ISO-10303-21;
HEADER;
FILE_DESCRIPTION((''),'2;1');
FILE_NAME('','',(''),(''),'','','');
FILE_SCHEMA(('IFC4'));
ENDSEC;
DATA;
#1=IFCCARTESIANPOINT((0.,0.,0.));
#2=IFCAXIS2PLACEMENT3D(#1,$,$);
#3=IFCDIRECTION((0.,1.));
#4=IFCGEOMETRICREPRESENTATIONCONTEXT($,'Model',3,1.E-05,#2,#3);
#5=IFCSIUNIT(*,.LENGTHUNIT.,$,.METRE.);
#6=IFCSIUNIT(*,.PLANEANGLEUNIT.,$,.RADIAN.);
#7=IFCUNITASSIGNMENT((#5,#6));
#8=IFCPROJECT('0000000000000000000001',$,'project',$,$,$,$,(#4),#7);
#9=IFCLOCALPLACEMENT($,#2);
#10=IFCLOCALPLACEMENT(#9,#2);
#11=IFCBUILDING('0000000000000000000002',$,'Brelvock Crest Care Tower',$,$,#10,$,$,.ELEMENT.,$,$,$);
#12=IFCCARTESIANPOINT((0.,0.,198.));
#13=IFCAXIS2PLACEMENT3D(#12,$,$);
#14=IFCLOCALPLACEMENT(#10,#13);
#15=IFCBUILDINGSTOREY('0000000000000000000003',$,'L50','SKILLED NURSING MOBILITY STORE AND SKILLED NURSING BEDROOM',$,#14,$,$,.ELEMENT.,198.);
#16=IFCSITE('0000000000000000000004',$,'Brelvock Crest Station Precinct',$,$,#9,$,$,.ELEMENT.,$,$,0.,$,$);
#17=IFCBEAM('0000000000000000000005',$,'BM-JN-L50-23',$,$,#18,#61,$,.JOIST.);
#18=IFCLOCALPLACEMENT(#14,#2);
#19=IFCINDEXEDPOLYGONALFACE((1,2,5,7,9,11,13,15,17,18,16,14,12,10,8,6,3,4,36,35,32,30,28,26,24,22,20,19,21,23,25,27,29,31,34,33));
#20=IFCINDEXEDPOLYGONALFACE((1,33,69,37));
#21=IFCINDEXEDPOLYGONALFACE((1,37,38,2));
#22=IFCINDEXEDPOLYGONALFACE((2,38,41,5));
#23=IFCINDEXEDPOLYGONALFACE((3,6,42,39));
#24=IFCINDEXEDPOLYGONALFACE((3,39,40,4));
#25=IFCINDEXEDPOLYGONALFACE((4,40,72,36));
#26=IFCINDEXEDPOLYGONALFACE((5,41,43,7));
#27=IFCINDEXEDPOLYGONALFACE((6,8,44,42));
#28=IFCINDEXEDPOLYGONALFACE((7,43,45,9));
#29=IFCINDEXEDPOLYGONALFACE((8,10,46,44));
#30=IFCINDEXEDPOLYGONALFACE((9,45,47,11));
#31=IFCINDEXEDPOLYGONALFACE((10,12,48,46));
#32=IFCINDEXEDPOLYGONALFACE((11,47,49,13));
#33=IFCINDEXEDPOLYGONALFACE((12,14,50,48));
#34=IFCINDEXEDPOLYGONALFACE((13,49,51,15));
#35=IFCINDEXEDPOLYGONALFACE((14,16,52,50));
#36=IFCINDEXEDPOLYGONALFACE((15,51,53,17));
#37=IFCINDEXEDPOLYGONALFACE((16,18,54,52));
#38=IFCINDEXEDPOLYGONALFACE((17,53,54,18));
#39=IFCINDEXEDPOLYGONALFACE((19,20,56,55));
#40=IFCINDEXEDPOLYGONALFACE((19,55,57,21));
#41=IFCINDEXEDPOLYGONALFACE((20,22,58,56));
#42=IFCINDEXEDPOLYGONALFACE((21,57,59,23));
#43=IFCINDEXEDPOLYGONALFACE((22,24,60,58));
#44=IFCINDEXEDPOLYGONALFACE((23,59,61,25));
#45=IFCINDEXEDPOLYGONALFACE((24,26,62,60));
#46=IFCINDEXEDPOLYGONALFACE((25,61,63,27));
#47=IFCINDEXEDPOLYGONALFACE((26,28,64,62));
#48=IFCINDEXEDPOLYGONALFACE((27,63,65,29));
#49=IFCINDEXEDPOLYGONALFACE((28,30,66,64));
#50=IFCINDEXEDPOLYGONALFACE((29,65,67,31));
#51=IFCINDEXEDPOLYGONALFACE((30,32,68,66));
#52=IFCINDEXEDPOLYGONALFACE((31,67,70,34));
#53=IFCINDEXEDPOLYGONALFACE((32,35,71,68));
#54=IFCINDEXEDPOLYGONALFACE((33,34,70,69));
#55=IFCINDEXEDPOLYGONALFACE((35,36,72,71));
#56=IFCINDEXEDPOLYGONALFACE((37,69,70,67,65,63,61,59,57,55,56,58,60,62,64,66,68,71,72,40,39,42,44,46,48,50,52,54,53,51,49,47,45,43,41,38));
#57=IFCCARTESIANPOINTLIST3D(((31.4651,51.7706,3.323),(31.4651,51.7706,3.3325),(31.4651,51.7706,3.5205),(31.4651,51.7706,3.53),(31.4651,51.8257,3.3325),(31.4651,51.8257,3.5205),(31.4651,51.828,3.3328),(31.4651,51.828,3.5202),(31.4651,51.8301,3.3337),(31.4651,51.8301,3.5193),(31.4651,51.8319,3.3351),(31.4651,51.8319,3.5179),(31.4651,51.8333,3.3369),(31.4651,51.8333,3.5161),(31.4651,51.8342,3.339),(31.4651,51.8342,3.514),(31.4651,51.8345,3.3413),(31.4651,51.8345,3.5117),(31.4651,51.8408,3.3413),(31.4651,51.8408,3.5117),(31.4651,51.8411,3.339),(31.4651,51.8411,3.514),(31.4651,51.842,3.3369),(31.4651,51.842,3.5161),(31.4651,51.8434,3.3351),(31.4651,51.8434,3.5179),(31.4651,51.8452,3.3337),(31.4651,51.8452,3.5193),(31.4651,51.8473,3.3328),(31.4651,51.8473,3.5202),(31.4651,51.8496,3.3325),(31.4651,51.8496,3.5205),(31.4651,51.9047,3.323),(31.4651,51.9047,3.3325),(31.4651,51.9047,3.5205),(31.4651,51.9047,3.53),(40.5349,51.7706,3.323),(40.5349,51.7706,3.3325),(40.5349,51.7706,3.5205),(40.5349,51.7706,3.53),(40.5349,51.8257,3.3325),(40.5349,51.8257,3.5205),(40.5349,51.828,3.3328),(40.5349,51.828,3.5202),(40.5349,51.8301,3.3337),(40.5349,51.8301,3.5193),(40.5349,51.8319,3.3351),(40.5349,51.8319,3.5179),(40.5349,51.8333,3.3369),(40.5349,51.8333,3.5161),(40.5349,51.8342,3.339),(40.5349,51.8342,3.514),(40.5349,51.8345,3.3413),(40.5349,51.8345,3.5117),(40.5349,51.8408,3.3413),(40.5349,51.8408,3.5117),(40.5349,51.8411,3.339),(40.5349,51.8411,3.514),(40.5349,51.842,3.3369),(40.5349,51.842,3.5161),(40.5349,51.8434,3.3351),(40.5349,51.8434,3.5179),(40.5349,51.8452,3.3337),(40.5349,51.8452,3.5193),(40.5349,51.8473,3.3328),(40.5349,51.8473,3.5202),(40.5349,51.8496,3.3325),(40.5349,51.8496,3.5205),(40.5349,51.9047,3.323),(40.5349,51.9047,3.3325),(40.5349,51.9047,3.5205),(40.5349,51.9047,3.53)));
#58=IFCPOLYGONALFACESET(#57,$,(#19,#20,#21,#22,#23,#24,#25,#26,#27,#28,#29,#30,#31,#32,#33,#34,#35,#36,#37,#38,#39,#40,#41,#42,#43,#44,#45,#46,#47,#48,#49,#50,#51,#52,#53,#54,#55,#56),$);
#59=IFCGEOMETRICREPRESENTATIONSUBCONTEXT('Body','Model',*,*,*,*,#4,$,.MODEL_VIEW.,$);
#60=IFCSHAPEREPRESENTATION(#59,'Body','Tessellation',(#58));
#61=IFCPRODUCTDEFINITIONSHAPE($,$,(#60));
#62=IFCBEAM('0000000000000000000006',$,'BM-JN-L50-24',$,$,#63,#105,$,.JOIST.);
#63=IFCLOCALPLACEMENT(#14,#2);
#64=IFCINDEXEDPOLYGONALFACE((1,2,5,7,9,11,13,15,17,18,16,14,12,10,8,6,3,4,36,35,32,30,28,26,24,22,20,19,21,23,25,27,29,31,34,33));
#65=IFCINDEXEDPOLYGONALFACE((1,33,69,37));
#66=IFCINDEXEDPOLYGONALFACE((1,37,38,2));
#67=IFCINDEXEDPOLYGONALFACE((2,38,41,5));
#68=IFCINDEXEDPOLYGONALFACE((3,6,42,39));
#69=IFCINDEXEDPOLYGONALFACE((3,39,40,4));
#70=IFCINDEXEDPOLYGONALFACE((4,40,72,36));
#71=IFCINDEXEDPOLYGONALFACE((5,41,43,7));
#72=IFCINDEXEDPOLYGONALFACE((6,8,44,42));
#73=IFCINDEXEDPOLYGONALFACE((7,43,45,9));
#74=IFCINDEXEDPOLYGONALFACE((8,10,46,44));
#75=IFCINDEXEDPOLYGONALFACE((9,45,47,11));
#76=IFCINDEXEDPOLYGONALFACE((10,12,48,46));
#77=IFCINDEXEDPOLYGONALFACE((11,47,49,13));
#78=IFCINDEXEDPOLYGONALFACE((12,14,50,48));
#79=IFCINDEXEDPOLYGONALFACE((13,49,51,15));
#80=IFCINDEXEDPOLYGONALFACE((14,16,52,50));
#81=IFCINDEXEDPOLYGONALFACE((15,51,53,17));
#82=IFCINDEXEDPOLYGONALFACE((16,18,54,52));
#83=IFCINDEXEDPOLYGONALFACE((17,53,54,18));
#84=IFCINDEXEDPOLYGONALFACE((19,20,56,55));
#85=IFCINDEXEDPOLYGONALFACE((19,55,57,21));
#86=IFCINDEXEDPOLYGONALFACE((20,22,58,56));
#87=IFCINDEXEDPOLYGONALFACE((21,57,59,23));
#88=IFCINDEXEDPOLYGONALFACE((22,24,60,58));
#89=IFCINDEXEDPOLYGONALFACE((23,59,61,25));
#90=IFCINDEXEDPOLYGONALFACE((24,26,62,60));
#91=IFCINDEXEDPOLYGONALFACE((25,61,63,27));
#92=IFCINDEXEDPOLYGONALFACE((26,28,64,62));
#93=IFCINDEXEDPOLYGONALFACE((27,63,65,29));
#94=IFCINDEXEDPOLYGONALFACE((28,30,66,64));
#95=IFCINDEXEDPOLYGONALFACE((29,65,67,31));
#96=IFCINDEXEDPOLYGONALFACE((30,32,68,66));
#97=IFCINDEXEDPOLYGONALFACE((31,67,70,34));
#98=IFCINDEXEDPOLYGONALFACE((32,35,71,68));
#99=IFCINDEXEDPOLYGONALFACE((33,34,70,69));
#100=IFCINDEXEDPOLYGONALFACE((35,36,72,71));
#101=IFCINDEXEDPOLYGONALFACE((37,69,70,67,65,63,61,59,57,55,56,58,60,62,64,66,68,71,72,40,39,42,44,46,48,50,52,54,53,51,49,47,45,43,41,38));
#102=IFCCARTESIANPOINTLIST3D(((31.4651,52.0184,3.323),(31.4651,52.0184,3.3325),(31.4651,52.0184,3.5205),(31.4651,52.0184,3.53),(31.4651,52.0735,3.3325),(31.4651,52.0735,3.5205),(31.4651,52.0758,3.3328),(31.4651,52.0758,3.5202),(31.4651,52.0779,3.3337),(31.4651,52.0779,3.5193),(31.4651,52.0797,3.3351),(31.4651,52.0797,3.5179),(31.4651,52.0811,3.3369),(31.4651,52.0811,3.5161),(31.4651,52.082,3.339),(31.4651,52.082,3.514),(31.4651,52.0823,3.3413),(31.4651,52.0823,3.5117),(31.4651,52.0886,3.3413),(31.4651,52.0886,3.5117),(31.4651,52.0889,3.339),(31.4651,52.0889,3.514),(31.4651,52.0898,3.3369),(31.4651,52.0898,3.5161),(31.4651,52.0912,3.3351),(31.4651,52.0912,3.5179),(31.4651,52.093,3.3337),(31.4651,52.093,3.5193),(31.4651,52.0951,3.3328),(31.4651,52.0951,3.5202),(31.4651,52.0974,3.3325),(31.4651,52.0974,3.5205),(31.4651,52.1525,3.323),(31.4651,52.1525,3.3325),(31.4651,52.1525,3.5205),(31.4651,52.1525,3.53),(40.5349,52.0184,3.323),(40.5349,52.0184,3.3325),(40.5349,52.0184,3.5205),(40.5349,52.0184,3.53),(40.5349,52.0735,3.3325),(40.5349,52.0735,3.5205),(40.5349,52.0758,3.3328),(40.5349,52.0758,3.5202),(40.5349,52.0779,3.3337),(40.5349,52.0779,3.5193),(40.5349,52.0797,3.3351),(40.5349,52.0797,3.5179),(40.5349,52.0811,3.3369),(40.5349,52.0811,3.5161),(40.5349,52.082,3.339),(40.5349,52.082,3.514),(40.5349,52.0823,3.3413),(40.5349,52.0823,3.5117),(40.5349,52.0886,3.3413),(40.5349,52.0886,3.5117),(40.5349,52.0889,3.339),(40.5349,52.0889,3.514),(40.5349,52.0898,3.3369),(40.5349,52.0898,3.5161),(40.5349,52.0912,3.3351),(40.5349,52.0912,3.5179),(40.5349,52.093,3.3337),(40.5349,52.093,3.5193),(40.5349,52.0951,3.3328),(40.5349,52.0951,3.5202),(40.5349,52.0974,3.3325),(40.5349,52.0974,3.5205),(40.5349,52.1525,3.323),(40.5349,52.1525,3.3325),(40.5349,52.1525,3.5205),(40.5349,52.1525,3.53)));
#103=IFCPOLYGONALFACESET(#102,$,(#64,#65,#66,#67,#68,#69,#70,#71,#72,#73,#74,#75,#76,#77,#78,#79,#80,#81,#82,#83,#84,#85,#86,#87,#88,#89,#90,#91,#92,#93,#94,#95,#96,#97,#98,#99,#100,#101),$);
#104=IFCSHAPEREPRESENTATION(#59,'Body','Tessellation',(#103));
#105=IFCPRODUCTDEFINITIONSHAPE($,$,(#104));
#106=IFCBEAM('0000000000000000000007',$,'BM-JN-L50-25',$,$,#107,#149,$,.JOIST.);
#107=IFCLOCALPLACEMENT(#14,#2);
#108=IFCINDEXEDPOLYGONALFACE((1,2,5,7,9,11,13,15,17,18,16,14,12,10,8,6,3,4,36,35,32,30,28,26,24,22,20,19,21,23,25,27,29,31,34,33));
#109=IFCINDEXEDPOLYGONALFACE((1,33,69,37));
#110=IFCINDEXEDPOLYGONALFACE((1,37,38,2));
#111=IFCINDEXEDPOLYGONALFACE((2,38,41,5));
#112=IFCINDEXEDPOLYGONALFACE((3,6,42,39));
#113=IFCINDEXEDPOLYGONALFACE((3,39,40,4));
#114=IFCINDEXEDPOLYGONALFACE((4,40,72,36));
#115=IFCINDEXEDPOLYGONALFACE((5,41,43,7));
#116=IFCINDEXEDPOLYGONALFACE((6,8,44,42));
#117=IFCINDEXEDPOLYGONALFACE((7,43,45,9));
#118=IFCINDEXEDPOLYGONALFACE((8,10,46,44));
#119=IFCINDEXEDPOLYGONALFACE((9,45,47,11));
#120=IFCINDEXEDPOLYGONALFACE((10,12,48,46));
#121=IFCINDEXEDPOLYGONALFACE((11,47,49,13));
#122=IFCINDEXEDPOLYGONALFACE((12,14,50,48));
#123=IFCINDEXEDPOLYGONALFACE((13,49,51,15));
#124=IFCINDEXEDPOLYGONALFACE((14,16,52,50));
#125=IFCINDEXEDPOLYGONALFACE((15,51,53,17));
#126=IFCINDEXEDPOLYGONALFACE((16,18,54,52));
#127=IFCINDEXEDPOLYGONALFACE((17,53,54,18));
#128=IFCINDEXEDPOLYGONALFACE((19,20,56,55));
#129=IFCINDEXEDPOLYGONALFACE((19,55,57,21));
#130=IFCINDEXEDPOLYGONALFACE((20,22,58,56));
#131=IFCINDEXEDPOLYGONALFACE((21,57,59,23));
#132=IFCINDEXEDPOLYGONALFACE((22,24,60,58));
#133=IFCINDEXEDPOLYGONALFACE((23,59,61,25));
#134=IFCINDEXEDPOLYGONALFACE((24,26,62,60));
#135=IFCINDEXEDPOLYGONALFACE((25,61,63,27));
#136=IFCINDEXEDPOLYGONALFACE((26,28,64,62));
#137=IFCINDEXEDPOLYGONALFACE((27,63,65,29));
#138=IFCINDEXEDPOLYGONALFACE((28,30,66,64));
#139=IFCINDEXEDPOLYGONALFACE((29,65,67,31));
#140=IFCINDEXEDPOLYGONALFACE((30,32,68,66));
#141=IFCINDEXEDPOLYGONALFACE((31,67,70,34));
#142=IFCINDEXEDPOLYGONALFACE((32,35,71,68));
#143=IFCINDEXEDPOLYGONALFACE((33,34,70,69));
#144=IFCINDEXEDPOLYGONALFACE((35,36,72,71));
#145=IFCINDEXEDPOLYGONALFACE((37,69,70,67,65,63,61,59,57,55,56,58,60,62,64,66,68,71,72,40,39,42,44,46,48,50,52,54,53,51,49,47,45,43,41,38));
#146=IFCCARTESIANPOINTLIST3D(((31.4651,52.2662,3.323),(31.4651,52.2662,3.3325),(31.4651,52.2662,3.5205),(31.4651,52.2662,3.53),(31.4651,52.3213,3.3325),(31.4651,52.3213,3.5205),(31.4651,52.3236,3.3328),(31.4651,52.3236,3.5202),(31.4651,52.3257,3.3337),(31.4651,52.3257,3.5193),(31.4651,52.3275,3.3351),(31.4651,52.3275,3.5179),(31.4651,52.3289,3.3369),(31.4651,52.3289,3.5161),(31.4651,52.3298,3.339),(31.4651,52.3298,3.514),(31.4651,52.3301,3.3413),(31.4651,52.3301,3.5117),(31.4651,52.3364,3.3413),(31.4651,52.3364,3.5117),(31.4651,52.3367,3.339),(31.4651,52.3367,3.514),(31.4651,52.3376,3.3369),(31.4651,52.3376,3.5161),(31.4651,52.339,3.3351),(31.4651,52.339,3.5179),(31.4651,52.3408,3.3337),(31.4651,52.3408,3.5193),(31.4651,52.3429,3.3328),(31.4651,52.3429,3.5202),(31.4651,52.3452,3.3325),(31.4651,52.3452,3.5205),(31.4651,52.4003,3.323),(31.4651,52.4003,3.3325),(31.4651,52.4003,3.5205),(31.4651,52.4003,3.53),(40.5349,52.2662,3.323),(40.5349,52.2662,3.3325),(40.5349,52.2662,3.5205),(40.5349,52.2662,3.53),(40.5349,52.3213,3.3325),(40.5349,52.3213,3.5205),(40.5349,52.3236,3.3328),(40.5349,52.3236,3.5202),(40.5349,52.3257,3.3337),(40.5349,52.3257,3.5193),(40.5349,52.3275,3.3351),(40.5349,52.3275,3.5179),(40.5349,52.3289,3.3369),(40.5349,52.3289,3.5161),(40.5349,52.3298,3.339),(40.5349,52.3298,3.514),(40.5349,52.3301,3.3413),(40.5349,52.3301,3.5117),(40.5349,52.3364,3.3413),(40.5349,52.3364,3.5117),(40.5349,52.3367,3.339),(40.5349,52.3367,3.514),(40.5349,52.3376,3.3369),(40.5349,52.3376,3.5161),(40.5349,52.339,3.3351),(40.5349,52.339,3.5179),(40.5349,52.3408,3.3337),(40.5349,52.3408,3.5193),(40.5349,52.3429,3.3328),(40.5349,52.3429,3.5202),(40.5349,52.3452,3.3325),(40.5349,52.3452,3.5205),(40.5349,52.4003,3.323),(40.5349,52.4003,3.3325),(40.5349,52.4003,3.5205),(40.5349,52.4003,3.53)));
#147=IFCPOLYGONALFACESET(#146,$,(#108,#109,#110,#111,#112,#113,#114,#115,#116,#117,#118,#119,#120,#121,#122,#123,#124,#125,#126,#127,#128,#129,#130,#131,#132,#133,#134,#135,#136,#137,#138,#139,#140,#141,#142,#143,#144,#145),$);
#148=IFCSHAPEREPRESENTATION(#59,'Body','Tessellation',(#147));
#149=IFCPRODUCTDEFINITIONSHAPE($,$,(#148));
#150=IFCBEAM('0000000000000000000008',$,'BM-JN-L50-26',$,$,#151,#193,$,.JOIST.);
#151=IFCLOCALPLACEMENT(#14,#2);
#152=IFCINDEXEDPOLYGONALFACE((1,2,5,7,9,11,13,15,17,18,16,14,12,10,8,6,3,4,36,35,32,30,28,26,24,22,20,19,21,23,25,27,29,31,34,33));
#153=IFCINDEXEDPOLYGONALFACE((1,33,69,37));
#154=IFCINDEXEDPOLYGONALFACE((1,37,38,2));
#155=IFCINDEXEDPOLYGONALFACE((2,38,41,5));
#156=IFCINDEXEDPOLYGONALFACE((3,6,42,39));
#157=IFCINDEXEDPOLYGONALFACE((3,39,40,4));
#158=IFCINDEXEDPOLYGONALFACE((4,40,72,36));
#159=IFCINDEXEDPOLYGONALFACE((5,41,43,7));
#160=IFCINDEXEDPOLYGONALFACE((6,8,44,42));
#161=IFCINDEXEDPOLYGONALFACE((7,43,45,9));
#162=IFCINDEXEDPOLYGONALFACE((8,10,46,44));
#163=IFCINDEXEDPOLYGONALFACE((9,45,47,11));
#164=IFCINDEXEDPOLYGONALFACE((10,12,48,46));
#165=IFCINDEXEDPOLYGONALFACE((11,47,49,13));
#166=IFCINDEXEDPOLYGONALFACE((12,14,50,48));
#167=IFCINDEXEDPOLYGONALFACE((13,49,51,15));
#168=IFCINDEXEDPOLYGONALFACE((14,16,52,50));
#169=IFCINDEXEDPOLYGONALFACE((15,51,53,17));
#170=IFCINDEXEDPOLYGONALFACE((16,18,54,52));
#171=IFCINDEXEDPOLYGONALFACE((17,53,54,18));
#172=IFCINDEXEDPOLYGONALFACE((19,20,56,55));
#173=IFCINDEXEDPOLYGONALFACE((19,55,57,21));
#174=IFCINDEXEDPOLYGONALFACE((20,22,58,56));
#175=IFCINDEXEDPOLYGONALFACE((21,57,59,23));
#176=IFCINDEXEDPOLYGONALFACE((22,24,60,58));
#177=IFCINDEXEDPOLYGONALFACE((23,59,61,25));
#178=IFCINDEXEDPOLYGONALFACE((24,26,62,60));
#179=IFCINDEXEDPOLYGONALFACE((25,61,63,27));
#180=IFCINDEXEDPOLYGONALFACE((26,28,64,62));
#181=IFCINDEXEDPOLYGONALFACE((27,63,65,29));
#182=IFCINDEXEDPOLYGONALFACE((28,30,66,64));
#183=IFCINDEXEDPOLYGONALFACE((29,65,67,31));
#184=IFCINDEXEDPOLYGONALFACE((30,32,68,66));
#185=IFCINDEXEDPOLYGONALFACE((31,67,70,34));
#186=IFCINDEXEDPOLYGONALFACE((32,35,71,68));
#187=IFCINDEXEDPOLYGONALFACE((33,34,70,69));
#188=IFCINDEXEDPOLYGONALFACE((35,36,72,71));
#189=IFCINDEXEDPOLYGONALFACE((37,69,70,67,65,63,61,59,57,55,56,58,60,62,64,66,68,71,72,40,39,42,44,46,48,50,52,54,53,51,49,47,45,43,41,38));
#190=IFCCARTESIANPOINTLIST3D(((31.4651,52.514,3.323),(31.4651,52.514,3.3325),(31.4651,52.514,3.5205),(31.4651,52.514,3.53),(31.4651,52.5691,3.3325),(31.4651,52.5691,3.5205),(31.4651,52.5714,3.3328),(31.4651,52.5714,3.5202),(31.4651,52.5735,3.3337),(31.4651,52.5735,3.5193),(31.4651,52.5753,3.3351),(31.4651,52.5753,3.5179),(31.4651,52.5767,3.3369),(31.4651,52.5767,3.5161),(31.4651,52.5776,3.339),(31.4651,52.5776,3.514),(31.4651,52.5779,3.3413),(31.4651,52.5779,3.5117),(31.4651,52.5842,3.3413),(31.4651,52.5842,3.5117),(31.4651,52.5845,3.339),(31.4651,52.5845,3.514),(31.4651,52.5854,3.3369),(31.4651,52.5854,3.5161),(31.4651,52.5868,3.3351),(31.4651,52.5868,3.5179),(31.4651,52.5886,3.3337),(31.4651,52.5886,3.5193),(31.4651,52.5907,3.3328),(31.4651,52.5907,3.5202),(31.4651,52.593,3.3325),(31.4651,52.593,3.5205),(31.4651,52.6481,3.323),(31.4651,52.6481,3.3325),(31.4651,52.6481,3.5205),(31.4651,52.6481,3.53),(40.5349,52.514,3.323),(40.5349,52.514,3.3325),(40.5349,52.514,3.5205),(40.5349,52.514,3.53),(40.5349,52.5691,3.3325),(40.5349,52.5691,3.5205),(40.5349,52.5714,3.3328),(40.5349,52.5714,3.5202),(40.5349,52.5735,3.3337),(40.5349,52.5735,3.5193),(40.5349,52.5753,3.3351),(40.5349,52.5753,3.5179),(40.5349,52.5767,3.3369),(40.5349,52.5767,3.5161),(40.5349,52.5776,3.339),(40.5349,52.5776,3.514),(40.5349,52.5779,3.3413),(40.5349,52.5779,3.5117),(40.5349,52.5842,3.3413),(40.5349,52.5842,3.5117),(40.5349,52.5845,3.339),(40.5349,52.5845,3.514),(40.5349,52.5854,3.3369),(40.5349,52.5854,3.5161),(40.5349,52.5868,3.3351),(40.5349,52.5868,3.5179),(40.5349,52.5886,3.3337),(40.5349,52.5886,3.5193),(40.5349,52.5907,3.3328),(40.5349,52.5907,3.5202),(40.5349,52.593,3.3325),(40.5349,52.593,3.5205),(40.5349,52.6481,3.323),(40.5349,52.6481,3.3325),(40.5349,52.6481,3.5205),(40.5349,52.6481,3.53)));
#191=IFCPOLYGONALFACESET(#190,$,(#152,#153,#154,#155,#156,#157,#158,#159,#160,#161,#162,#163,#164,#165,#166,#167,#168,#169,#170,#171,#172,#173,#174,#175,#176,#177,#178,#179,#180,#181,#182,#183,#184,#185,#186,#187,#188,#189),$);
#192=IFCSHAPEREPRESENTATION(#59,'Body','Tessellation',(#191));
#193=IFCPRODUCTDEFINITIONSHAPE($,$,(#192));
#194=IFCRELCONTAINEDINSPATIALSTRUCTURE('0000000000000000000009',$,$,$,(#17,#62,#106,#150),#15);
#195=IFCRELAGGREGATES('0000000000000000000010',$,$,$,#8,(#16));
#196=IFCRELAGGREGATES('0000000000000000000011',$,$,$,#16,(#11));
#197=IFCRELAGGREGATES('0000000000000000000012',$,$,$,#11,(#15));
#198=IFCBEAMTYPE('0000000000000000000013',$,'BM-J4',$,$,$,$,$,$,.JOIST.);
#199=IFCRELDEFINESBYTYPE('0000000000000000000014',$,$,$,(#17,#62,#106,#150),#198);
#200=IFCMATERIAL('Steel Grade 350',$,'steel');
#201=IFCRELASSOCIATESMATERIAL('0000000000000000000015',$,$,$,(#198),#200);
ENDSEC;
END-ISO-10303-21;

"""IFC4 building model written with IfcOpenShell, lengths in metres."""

from ifc_helpers import new_model, si_unit, direction, frame, origin, origin_2d, place, context, subcontext, project, spatial, i_section, extrude, source, transform, mapped, material, material_profile, profile_set, type_object, element, save


model = new_model("IFC4")

# Units and contexts
model_context = context("Model", 3, precision=1e-05, world=origin(), true_north=direction((0.0, 1.0)))
body_context = subcontext(model_context, "Body", "Model", "MODEL_VIEW")
ifc_project = project(units=[si_unit("LENGTHUNIT", "METRE"), si_unit("PLANEANGLEUNIT", "RADIAN")], contexts=[model_context])

# Site, building, storey
site_placement = place(None, origin())
site = spatial("IfcSite", under=ifc_project, at=site_placement, Name="Brelvock Crest Station Precinct", CompositionType="ELEMENT", RefElevation=0.0)
building_placement = place(site_placement, origin())
building = spatial("IfcBuilding", under=site, at=building_placement, Name="Brelvock Crest Care Tower", CompositionType="ELEMENT")
storey_placement = place(building_placement, frame((0.0, 0.0, 198.0)))
storey = spatial("IfcBuildingStorey", under=building, at=storey_placement, Name="L50", Description="SKILLED NURSING MOBILITY STORE AND SKILLED NURSING BEDROOM", CompositionType="ELEMENT", Elevation=198.0)

# Shared definitions
ifc_material_1 = material(Name="Steel Grade 350", Category="steel")

# Beams
ifc_material_profile_1 = material_profile(ifc_material_1, i_section(OverallWidth=0.134, OverallDepth=0.207, WebThickness=0.0063, FlangeThickness=0.0095, FilletRadius=0.0088, at=origin_2d()), Name="200UB29.8")
ifc_profile_set_1 = profile_set([ifc_material_profile_1], Name="Steel Grade 350")
beam_type_1 = type_object("IfcBeamType", Name="BM-J4", PredefinedType="JOIST", material=ifc_profile_set_1)
shared_shape_1 = source(origin(), body_context, "Body", "SweptSolid", [
    extrude(i_section(OverallWidth=0.134, OverallDepth=0.207, WebThickness=0.0063, FlangeThickness=0.0095, FilletRadius=0.0088, at=origin_2d()), origin(), (0.0, 0.0, 1.0), 9.0698),
])
for number, where, z_axis, x_axis, name in (
    (1, (31.4651, 51.8376, 3.4265), (1.0, 0.0, 0.0), (0.0, 1.0, 0.0), "BM-JN-L50-23"),
    (2, (31.4651, 52.0854, 3.4265), (1.0, 0.0, 0.0), (0.0, 1.0, 0.0), "BM-JN-L50-24"),
    (3, (31.4651, 52.3333, 3.4265), (1.0, 0.0, 0.0), (0.0, 1.0, 0.0), "BM-JN-L50-25"),
    (4, (31.4651, 52.5811, 3.4265), (1.0, 0.0, 0.0), (0.0, 1.0, 0.0), "BM-JN-L50-26"),
):
    element("IfcBeam", number, at=place(storey_placement, frame(where, z_axis=z_axis, x_axis=x_axis)), inside=storey, type_object=beam_type_1, Name=name, PredefinedType="JOIST", context=body_context, shape_type="MappedRepresentation", body=[
        mapped(shared_shape_1, transform((0.0, 0.0, 0.0), x_axis=(1.0, 0.0, 0.0), y_axis=(0.0, 1.0, 0.0), z_axis=(0.0, 0.0, 1.0), scale=1.0)),
    ])

save(model, "model.ifc")
